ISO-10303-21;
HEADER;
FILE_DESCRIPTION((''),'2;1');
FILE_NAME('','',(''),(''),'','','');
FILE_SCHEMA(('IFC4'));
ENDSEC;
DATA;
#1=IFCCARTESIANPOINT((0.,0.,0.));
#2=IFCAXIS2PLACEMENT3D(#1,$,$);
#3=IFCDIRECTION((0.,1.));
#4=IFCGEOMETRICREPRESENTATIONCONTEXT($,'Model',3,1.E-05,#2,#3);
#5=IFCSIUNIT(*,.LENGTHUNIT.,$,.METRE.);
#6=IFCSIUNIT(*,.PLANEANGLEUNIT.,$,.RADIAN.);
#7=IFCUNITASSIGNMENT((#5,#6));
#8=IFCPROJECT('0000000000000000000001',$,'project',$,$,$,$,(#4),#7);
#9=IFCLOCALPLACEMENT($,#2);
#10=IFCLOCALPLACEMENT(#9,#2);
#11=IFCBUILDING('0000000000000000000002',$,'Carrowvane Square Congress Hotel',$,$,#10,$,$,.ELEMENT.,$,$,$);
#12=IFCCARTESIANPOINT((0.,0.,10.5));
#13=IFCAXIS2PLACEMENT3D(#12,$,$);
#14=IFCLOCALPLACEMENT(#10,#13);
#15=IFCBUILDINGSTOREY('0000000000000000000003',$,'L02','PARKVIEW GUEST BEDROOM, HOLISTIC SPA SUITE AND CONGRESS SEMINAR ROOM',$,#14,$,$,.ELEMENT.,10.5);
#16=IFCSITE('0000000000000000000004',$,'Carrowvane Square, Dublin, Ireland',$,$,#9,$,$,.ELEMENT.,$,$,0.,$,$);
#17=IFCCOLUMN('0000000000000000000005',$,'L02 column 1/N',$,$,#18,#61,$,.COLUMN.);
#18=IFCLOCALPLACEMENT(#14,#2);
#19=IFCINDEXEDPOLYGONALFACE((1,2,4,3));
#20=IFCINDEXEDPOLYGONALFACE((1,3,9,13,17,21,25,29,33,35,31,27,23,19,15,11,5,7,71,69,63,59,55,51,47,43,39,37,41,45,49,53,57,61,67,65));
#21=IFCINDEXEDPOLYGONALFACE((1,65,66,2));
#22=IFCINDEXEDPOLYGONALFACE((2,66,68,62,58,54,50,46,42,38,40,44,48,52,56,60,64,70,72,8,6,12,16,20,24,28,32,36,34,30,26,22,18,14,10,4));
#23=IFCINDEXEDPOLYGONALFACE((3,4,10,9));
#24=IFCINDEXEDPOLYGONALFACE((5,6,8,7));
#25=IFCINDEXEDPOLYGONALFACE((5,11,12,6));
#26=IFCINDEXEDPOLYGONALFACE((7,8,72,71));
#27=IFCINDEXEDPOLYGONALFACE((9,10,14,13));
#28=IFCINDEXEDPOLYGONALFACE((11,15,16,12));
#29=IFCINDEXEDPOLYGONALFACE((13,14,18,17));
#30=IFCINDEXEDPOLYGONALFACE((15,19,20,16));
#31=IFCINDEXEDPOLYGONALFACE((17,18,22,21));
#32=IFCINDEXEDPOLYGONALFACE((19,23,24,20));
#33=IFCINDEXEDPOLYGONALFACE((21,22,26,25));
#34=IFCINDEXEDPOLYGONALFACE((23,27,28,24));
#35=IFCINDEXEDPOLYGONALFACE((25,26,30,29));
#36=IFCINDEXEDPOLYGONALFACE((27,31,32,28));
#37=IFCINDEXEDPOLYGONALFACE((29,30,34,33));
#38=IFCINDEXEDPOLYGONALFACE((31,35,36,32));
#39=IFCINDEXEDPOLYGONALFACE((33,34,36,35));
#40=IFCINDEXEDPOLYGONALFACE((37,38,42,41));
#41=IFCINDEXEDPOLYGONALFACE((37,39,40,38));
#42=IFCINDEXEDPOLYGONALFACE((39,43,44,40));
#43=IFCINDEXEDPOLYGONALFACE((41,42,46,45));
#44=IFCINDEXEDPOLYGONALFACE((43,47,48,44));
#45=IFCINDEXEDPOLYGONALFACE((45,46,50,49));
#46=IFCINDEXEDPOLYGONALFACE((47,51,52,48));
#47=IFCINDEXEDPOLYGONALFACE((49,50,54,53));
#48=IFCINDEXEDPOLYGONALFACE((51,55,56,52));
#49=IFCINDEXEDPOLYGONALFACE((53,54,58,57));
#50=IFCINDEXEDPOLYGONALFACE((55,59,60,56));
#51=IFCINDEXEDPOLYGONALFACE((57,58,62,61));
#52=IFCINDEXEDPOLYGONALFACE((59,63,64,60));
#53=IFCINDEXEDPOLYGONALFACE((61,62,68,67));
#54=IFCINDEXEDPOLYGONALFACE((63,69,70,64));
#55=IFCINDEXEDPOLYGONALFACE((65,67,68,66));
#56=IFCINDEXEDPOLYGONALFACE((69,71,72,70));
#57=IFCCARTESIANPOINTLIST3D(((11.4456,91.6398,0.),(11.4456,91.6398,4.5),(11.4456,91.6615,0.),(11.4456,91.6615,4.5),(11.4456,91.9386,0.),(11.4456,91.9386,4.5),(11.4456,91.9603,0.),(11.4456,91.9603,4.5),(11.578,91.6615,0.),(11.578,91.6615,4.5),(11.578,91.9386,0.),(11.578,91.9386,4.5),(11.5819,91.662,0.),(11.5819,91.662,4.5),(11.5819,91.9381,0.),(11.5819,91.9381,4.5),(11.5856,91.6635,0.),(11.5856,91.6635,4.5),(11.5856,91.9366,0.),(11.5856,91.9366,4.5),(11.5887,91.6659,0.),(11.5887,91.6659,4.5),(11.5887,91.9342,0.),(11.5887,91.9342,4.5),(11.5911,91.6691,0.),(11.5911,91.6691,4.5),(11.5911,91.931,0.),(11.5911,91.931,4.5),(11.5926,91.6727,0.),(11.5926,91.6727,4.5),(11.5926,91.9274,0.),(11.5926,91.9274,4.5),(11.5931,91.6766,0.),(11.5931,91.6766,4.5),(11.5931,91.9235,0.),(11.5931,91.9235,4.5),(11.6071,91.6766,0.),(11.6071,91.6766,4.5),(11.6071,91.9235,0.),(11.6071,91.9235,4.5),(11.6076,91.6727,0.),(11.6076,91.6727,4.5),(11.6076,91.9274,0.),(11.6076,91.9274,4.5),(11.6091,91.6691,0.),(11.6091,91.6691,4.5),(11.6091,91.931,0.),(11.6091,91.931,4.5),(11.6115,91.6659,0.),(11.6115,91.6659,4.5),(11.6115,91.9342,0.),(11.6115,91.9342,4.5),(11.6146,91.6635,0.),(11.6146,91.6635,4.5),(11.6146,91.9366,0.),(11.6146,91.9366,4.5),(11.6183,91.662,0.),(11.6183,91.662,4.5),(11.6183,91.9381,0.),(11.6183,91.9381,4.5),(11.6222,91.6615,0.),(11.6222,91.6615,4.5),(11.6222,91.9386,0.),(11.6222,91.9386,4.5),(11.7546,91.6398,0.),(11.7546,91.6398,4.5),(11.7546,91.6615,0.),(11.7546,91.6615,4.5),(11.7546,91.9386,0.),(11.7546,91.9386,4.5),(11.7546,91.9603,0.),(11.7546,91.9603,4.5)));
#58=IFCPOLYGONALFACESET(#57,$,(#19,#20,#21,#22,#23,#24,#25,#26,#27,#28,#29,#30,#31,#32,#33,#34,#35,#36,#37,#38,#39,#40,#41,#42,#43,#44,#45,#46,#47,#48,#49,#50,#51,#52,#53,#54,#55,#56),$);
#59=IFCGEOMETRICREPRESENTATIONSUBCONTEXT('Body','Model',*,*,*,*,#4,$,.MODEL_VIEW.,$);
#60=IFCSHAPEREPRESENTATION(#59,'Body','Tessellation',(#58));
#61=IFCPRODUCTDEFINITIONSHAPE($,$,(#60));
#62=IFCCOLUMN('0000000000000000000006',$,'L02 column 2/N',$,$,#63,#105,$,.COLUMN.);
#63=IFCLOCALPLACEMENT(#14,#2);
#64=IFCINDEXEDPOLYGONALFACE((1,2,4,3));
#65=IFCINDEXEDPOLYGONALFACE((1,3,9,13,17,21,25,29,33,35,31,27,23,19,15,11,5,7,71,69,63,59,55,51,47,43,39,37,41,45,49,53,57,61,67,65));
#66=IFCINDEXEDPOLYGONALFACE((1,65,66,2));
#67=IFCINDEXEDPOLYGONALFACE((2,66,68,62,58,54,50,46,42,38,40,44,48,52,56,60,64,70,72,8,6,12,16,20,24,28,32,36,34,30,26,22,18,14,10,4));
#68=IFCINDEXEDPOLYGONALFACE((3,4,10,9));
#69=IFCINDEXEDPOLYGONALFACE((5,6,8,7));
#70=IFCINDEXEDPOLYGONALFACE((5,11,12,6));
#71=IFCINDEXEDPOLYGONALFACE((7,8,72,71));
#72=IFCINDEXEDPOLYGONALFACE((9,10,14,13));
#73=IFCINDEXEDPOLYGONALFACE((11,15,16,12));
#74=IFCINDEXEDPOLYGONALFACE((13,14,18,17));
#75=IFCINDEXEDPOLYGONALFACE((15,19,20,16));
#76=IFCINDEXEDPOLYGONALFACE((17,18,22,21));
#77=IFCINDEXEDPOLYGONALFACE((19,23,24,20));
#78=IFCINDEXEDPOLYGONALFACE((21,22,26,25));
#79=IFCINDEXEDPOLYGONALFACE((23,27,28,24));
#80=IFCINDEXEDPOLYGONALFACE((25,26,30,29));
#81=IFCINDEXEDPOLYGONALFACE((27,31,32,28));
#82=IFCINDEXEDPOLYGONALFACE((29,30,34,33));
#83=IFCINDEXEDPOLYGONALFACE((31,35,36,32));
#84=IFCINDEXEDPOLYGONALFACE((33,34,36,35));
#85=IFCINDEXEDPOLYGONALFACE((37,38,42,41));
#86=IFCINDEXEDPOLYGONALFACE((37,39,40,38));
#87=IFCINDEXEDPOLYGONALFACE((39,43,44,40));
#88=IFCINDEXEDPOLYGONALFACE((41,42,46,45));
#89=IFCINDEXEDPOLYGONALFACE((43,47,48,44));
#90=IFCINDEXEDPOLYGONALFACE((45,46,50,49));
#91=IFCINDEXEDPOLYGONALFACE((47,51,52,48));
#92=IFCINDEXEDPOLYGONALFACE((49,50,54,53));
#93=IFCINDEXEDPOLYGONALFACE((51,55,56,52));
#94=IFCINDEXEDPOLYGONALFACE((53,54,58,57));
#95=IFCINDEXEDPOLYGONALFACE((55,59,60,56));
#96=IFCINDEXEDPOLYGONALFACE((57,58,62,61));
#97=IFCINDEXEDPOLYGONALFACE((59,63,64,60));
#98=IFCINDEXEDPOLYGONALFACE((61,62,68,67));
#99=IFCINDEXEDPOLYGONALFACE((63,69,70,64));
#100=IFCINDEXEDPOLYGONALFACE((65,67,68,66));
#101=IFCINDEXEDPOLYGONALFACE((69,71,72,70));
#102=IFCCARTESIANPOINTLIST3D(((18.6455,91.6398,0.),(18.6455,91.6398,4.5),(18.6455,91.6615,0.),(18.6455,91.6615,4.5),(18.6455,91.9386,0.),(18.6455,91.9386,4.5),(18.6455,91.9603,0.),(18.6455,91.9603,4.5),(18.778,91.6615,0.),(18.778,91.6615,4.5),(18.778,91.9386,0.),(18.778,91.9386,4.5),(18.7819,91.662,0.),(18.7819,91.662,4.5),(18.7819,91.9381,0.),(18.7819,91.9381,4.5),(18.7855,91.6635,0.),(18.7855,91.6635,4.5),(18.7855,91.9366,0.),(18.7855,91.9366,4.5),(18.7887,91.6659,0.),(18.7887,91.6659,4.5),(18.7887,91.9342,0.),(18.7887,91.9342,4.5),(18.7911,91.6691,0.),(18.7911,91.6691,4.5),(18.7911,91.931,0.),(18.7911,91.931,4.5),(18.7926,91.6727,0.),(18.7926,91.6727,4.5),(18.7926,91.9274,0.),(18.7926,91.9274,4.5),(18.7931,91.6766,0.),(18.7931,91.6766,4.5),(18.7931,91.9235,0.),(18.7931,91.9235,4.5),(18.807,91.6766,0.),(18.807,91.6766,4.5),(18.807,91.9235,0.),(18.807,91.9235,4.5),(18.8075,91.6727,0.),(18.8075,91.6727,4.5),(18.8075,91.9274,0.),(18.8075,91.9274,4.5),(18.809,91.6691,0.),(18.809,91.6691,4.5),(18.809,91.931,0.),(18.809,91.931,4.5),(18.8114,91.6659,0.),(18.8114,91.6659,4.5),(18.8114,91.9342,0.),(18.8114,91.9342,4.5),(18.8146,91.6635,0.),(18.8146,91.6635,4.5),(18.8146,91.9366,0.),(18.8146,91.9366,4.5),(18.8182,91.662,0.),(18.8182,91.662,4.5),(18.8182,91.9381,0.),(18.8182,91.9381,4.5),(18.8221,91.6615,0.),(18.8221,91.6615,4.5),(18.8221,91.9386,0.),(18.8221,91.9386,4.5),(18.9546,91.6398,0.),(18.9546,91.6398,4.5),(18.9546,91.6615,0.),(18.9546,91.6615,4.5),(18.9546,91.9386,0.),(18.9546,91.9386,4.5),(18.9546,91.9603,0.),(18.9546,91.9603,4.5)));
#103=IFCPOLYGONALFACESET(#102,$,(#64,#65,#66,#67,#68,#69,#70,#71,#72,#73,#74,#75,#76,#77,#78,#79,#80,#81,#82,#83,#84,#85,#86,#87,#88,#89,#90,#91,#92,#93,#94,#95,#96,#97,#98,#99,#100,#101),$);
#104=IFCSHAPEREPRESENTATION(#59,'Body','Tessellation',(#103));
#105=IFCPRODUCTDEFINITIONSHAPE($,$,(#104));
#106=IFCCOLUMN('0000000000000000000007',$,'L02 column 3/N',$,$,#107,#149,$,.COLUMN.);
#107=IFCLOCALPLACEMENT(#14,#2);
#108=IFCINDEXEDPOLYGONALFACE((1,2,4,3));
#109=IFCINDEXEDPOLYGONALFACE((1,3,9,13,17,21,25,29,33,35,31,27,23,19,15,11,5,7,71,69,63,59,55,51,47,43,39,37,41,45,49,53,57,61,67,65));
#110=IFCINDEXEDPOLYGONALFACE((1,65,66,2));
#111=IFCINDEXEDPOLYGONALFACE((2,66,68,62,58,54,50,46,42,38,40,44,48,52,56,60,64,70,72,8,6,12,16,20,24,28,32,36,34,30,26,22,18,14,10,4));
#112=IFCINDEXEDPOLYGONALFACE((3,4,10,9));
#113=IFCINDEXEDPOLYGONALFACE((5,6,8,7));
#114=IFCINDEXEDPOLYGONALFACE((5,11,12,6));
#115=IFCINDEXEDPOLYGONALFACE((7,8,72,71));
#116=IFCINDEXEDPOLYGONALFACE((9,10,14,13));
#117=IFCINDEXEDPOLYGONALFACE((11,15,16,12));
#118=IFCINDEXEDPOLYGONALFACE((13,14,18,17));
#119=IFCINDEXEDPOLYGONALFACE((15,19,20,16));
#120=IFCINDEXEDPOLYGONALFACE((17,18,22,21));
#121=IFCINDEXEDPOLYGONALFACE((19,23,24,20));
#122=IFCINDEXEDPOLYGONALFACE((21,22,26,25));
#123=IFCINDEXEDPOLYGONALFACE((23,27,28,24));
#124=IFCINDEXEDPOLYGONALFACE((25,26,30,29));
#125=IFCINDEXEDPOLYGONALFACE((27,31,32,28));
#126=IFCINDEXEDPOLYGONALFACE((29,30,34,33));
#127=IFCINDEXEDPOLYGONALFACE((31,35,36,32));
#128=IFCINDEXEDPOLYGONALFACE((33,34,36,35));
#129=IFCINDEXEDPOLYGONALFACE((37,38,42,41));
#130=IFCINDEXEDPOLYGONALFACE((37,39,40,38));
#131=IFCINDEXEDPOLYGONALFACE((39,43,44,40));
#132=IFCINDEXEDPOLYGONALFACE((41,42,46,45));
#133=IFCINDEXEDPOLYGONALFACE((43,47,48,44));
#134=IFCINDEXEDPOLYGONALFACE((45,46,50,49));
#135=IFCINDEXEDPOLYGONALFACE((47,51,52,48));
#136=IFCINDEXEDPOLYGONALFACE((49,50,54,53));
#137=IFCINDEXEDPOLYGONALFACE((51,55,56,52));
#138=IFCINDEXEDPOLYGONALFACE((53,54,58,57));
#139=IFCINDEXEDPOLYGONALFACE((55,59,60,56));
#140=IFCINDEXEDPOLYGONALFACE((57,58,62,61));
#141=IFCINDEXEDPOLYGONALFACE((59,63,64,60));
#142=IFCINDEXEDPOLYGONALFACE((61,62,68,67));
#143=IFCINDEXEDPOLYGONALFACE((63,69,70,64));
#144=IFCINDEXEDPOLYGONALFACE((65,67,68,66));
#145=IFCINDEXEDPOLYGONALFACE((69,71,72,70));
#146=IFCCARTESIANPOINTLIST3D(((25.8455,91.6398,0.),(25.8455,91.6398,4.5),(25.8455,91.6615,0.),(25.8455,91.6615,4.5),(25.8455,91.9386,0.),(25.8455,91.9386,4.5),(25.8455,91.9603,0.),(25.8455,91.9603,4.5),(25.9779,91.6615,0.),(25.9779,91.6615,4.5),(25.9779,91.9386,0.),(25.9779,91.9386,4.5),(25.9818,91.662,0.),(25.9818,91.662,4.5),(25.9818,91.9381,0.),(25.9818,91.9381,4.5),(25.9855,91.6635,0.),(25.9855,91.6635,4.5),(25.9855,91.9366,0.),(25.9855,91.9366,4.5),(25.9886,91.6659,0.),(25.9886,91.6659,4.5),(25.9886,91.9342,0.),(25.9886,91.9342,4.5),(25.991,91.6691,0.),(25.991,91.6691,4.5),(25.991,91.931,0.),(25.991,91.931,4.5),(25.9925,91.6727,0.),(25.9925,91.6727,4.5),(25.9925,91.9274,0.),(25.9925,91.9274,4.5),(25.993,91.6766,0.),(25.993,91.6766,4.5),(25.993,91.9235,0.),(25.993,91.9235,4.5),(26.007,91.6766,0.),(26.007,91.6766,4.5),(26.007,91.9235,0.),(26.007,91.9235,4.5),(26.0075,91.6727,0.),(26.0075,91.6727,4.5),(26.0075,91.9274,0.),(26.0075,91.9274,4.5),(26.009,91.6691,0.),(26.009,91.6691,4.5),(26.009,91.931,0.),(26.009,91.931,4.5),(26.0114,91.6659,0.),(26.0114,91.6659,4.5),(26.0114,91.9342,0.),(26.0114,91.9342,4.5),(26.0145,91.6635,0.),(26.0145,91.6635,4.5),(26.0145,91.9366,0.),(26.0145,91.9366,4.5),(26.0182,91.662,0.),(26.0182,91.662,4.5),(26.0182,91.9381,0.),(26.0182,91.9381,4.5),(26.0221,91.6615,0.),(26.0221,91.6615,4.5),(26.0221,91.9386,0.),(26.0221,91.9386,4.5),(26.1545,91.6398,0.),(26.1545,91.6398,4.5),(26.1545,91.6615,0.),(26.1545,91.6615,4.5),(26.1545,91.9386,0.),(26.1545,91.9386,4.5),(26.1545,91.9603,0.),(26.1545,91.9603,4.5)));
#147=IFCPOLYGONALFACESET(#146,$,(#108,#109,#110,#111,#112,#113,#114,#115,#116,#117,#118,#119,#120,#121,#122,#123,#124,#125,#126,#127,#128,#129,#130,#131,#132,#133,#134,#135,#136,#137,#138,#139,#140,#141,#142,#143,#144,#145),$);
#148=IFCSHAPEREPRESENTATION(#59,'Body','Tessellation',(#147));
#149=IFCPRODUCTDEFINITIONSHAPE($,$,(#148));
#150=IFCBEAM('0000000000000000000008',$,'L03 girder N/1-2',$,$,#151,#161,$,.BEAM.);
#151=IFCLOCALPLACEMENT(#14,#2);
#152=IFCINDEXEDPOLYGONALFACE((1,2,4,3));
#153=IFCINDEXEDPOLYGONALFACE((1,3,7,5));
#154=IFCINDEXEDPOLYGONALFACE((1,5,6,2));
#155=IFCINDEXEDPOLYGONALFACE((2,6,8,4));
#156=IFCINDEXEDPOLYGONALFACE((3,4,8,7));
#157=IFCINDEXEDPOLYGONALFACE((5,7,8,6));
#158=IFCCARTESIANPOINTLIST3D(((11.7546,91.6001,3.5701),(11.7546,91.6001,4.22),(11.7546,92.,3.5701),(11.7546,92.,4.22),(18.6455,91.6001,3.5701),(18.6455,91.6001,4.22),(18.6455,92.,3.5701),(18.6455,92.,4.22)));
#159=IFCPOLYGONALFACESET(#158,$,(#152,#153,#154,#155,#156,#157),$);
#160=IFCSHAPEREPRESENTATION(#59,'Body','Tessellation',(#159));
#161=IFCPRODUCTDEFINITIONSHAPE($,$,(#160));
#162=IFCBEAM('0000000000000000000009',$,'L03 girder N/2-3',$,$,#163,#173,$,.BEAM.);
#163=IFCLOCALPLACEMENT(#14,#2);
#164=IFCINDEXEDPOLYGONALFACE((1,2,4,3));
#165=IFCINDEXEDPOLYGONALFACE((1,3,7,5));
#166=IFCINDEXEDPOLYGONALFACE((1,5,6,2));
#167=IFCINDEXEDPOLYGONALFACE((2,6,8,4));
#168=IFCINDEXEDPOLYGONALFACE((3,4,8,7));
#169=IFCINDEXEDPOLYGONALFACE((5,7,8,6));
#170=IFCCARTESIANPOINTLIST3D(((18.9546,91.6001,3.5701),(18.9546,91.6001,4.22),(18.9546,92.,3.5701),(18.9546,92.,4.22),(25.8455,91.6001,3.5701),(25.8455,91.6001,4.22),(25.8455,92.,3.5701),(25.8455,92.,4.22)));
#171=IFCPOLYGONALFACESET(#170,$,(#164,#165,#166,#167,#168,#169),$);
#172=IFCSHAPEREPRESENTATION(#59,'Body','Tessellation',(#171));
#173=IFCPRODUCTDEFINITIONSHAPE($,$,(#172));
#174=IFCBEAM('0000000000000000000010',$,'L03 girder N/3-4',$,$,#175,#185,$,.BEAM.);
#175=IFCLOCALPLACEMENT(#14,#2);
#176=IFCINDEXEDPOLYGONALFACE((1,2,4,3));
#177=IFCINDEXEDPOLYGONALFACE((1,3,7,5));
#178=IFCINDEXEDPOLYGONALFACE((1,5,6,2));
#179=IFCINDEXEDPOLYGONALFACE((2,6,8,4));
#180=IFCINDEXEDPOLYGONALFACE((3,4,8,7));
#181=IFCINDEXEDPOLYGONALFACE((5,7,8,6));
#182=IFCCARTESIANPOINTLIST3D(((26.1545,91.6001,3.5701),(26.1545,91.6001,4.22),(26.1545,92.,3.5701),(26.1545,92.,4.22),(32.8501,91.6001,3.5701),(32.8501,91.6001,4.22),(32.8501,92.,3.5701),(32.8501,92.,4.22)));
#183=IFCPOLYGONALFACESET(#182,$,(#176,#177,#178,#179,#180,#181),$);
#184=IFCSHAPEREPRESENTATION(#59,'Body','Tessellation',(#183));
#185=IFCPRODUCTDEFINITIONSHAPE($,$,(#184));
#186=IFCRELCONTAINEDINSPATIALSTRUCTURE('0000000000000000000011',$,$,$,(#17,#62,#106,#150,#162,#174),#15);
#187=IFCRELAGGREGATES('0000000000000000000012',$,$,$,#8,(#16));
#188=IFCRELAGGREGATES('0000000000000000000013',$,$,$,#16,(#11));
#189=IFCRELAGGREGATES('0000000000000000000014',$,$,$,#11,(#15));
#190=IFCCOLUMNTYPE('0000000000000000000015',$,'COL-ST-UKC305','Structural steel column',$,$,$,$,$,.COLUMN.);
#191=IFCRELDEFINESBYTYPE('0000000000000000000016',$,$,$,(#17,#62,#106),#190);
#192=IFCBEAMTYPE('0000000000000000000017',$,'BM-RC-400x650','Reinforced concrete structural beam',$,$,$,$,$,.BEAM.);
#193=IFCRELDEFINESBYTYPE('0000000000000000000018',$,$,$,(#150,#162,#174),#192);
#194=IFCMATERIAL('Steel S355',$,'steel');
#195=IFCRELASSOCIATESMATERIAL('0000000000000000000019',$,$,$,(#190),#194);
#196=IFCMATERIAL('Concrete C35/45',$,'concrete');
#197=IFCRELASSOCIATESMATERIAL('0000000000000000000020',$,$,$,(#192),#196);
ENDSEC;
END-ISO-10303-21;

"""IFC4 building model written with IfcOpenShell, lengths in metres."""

from ifc_helpers import new_model, si_unit, direction, frame, origin, origin_2d, place, context, subcontext, project, spatial, rectangle, i_section, extrude, material, material_profile, profile_set, type_object, element, save


model = new_model("IFC4")

# Units and contexts
model_context = context("Model", 3, precision=1e-05, world=origin(), true_north=direction((0.0, 1.0)))
body_context = subcontext(model_context, "Body", "Model", "MODEL_VIEW")
ifc_project = project(units=[si_unit("LENGTHUNIT", "METRE"), si_unit("PLANEANGLEUNIT", "RADIAN")], contexts=[model_context])

# Site, building, storey
site_placement = place(None, origin())
site = spatial("IfcSite", under=ifc_project, at=site_placement, Name="Carrowvane Square, Dublin, Ireland", CompositionType="ELEMENT", RefElevation=0.0)
building_placement = place(site_placement, origin())
building = spatial("IfcBuilding", under=site, at=building_placement, Name="Carrowvane Square Congress Hotel", CompositionType="ELEMENT")
storey_placement = place(building_placement, frame((0.0, 0.0, 10.5)))
storey = spatial("IfcBuildingStorey", under=building, at=storey_placement, Name="L02", Description="PARKVIEW GUEST BEDROOM, HOLISTIC SPA SUITE AND CONGRESS SEMINAR ROOM", CompositionType="ELEMENT", Elevation=10.5)

# Columns
ifc_material_1 = material(Name="Steel S355", Category="steel")
ifc_material_profile_1 = material_profile(ifc_material_1, i_section(OverallWidth=0.3091, OverallDepth=0.3206, WebThickness=0.0139, FlangeThickness=0.0217, FilletRadius=0.0151, at=origin_2d()), Name="UKC 305x305x137")
ifc_profile_set_1 = profile_set([ifc_material_profile_1], Name="Steel S355")
column_type = type_object("IfcColumnType", Name="COL-ST-UKC305", Description="Structural steel column", PredefinedType="COLUMN", material=ifc_profile_set_1)
for number, where, z_axis, x_axis, name in (
    (1, (11.6001, 91.8, 0.0), (0.0, 0.0, 1.0), (1.0, 0.0, 0.0), "L02 column 1/N"),
    (2, (18.8, 91.8, 0.0), (0.0, 0.0, 1.0), (1.0, 0.0, 0.0), "L02 column 2/N"),
    (3, (26.0, 91.8, 0.0), (0.0, 0.0, 1.0), (1.0, 0.0, 0.0), "L02 column 3/N"),
):
    element("IfcColumn", number, at=place(storey_placement, frame(where, z_axis=z_axis, x_axis=x_axis)), inside=storey, type_object=column_type, Name=name, PredefinedType="COLUMN", context=body_context, shape_type="SweptSolid", body=[
        extrude(i_section(OverallWidth=0.3091, OverallDepth=0.3206, WebThickness=0.0139, FlangeThickness=0.0217, FilletRadius=0.0151, at=origin_2d()), origin(), (0.0, 0.0, 1.0), 4.5),
    ])

# Beams
ifc_material_2 = material(Name="Concrete C35/45", Category="concrete")
ifc_material_profile_2 = material_profile(ifc_material_2, rectangle(XDim=0.3999, YDim=0.6499, at=origin_2d()), Name="RC 400x650")
ifc_profile_set_2 = profile_set([ifc_material_profile_2], Name="Concrete C35/45")
beam_type_1 = type_object("IfcBeamType", Name="BM-RC-400x650", Description="Reinforced concrete structural beam", PredefinedType="BEAM", material=ifc_profile_set_2)
for number, where, z_axis, x_axis, name in (
    (4, (11.7546, 91.8, 3.895), (1.0, 0.0, 0.0), (0.0, 1.0, 0.0), "L03 girder N/1-2"),
    (5, (18.9546, 91.8, 3.895), (1.0, 0.0, 0.0), (0.0, 1.0, 0.0), "L03 girder N/2-3"),
):
    element("IfcBeam", number, at=place(storey_placement, frame(where, z_axis=z_axis, x_axis=x_axis)), inside=storey, type_object=beam_type_1, Name=name, PredefinedType="BEAM", context=body_context, shape_type="SweptSolid", body=[
        extrude(rectangle(XDim=0.3999, YDim=0.6499, at=origin_2d()), origin(), (0.0, 0.0, 1.0), 6.8909),
    ])
beam_1_placement = place(storey_placement, frame((26.1545, 91.8, 3.895), z_axis=(1.0, 0.0, 0.0), x_axis=(0.0, 1.0, 0.0)))
element("IfcBeam", 6, at=beam_1_placement, inside=storey, type_object=beam_type_1, Name="L03 girder N/3-4", PredefinedType="BEAM", context=body_context, shape_type="SweptSolid", body=[
    extrude(rectangle(XDim=0.3999, YDim=0.6499, at=origin_2d()), origin(), (0.0, 0.0, 1.0), 6.6956),
])

save(model, "model.ifc")
